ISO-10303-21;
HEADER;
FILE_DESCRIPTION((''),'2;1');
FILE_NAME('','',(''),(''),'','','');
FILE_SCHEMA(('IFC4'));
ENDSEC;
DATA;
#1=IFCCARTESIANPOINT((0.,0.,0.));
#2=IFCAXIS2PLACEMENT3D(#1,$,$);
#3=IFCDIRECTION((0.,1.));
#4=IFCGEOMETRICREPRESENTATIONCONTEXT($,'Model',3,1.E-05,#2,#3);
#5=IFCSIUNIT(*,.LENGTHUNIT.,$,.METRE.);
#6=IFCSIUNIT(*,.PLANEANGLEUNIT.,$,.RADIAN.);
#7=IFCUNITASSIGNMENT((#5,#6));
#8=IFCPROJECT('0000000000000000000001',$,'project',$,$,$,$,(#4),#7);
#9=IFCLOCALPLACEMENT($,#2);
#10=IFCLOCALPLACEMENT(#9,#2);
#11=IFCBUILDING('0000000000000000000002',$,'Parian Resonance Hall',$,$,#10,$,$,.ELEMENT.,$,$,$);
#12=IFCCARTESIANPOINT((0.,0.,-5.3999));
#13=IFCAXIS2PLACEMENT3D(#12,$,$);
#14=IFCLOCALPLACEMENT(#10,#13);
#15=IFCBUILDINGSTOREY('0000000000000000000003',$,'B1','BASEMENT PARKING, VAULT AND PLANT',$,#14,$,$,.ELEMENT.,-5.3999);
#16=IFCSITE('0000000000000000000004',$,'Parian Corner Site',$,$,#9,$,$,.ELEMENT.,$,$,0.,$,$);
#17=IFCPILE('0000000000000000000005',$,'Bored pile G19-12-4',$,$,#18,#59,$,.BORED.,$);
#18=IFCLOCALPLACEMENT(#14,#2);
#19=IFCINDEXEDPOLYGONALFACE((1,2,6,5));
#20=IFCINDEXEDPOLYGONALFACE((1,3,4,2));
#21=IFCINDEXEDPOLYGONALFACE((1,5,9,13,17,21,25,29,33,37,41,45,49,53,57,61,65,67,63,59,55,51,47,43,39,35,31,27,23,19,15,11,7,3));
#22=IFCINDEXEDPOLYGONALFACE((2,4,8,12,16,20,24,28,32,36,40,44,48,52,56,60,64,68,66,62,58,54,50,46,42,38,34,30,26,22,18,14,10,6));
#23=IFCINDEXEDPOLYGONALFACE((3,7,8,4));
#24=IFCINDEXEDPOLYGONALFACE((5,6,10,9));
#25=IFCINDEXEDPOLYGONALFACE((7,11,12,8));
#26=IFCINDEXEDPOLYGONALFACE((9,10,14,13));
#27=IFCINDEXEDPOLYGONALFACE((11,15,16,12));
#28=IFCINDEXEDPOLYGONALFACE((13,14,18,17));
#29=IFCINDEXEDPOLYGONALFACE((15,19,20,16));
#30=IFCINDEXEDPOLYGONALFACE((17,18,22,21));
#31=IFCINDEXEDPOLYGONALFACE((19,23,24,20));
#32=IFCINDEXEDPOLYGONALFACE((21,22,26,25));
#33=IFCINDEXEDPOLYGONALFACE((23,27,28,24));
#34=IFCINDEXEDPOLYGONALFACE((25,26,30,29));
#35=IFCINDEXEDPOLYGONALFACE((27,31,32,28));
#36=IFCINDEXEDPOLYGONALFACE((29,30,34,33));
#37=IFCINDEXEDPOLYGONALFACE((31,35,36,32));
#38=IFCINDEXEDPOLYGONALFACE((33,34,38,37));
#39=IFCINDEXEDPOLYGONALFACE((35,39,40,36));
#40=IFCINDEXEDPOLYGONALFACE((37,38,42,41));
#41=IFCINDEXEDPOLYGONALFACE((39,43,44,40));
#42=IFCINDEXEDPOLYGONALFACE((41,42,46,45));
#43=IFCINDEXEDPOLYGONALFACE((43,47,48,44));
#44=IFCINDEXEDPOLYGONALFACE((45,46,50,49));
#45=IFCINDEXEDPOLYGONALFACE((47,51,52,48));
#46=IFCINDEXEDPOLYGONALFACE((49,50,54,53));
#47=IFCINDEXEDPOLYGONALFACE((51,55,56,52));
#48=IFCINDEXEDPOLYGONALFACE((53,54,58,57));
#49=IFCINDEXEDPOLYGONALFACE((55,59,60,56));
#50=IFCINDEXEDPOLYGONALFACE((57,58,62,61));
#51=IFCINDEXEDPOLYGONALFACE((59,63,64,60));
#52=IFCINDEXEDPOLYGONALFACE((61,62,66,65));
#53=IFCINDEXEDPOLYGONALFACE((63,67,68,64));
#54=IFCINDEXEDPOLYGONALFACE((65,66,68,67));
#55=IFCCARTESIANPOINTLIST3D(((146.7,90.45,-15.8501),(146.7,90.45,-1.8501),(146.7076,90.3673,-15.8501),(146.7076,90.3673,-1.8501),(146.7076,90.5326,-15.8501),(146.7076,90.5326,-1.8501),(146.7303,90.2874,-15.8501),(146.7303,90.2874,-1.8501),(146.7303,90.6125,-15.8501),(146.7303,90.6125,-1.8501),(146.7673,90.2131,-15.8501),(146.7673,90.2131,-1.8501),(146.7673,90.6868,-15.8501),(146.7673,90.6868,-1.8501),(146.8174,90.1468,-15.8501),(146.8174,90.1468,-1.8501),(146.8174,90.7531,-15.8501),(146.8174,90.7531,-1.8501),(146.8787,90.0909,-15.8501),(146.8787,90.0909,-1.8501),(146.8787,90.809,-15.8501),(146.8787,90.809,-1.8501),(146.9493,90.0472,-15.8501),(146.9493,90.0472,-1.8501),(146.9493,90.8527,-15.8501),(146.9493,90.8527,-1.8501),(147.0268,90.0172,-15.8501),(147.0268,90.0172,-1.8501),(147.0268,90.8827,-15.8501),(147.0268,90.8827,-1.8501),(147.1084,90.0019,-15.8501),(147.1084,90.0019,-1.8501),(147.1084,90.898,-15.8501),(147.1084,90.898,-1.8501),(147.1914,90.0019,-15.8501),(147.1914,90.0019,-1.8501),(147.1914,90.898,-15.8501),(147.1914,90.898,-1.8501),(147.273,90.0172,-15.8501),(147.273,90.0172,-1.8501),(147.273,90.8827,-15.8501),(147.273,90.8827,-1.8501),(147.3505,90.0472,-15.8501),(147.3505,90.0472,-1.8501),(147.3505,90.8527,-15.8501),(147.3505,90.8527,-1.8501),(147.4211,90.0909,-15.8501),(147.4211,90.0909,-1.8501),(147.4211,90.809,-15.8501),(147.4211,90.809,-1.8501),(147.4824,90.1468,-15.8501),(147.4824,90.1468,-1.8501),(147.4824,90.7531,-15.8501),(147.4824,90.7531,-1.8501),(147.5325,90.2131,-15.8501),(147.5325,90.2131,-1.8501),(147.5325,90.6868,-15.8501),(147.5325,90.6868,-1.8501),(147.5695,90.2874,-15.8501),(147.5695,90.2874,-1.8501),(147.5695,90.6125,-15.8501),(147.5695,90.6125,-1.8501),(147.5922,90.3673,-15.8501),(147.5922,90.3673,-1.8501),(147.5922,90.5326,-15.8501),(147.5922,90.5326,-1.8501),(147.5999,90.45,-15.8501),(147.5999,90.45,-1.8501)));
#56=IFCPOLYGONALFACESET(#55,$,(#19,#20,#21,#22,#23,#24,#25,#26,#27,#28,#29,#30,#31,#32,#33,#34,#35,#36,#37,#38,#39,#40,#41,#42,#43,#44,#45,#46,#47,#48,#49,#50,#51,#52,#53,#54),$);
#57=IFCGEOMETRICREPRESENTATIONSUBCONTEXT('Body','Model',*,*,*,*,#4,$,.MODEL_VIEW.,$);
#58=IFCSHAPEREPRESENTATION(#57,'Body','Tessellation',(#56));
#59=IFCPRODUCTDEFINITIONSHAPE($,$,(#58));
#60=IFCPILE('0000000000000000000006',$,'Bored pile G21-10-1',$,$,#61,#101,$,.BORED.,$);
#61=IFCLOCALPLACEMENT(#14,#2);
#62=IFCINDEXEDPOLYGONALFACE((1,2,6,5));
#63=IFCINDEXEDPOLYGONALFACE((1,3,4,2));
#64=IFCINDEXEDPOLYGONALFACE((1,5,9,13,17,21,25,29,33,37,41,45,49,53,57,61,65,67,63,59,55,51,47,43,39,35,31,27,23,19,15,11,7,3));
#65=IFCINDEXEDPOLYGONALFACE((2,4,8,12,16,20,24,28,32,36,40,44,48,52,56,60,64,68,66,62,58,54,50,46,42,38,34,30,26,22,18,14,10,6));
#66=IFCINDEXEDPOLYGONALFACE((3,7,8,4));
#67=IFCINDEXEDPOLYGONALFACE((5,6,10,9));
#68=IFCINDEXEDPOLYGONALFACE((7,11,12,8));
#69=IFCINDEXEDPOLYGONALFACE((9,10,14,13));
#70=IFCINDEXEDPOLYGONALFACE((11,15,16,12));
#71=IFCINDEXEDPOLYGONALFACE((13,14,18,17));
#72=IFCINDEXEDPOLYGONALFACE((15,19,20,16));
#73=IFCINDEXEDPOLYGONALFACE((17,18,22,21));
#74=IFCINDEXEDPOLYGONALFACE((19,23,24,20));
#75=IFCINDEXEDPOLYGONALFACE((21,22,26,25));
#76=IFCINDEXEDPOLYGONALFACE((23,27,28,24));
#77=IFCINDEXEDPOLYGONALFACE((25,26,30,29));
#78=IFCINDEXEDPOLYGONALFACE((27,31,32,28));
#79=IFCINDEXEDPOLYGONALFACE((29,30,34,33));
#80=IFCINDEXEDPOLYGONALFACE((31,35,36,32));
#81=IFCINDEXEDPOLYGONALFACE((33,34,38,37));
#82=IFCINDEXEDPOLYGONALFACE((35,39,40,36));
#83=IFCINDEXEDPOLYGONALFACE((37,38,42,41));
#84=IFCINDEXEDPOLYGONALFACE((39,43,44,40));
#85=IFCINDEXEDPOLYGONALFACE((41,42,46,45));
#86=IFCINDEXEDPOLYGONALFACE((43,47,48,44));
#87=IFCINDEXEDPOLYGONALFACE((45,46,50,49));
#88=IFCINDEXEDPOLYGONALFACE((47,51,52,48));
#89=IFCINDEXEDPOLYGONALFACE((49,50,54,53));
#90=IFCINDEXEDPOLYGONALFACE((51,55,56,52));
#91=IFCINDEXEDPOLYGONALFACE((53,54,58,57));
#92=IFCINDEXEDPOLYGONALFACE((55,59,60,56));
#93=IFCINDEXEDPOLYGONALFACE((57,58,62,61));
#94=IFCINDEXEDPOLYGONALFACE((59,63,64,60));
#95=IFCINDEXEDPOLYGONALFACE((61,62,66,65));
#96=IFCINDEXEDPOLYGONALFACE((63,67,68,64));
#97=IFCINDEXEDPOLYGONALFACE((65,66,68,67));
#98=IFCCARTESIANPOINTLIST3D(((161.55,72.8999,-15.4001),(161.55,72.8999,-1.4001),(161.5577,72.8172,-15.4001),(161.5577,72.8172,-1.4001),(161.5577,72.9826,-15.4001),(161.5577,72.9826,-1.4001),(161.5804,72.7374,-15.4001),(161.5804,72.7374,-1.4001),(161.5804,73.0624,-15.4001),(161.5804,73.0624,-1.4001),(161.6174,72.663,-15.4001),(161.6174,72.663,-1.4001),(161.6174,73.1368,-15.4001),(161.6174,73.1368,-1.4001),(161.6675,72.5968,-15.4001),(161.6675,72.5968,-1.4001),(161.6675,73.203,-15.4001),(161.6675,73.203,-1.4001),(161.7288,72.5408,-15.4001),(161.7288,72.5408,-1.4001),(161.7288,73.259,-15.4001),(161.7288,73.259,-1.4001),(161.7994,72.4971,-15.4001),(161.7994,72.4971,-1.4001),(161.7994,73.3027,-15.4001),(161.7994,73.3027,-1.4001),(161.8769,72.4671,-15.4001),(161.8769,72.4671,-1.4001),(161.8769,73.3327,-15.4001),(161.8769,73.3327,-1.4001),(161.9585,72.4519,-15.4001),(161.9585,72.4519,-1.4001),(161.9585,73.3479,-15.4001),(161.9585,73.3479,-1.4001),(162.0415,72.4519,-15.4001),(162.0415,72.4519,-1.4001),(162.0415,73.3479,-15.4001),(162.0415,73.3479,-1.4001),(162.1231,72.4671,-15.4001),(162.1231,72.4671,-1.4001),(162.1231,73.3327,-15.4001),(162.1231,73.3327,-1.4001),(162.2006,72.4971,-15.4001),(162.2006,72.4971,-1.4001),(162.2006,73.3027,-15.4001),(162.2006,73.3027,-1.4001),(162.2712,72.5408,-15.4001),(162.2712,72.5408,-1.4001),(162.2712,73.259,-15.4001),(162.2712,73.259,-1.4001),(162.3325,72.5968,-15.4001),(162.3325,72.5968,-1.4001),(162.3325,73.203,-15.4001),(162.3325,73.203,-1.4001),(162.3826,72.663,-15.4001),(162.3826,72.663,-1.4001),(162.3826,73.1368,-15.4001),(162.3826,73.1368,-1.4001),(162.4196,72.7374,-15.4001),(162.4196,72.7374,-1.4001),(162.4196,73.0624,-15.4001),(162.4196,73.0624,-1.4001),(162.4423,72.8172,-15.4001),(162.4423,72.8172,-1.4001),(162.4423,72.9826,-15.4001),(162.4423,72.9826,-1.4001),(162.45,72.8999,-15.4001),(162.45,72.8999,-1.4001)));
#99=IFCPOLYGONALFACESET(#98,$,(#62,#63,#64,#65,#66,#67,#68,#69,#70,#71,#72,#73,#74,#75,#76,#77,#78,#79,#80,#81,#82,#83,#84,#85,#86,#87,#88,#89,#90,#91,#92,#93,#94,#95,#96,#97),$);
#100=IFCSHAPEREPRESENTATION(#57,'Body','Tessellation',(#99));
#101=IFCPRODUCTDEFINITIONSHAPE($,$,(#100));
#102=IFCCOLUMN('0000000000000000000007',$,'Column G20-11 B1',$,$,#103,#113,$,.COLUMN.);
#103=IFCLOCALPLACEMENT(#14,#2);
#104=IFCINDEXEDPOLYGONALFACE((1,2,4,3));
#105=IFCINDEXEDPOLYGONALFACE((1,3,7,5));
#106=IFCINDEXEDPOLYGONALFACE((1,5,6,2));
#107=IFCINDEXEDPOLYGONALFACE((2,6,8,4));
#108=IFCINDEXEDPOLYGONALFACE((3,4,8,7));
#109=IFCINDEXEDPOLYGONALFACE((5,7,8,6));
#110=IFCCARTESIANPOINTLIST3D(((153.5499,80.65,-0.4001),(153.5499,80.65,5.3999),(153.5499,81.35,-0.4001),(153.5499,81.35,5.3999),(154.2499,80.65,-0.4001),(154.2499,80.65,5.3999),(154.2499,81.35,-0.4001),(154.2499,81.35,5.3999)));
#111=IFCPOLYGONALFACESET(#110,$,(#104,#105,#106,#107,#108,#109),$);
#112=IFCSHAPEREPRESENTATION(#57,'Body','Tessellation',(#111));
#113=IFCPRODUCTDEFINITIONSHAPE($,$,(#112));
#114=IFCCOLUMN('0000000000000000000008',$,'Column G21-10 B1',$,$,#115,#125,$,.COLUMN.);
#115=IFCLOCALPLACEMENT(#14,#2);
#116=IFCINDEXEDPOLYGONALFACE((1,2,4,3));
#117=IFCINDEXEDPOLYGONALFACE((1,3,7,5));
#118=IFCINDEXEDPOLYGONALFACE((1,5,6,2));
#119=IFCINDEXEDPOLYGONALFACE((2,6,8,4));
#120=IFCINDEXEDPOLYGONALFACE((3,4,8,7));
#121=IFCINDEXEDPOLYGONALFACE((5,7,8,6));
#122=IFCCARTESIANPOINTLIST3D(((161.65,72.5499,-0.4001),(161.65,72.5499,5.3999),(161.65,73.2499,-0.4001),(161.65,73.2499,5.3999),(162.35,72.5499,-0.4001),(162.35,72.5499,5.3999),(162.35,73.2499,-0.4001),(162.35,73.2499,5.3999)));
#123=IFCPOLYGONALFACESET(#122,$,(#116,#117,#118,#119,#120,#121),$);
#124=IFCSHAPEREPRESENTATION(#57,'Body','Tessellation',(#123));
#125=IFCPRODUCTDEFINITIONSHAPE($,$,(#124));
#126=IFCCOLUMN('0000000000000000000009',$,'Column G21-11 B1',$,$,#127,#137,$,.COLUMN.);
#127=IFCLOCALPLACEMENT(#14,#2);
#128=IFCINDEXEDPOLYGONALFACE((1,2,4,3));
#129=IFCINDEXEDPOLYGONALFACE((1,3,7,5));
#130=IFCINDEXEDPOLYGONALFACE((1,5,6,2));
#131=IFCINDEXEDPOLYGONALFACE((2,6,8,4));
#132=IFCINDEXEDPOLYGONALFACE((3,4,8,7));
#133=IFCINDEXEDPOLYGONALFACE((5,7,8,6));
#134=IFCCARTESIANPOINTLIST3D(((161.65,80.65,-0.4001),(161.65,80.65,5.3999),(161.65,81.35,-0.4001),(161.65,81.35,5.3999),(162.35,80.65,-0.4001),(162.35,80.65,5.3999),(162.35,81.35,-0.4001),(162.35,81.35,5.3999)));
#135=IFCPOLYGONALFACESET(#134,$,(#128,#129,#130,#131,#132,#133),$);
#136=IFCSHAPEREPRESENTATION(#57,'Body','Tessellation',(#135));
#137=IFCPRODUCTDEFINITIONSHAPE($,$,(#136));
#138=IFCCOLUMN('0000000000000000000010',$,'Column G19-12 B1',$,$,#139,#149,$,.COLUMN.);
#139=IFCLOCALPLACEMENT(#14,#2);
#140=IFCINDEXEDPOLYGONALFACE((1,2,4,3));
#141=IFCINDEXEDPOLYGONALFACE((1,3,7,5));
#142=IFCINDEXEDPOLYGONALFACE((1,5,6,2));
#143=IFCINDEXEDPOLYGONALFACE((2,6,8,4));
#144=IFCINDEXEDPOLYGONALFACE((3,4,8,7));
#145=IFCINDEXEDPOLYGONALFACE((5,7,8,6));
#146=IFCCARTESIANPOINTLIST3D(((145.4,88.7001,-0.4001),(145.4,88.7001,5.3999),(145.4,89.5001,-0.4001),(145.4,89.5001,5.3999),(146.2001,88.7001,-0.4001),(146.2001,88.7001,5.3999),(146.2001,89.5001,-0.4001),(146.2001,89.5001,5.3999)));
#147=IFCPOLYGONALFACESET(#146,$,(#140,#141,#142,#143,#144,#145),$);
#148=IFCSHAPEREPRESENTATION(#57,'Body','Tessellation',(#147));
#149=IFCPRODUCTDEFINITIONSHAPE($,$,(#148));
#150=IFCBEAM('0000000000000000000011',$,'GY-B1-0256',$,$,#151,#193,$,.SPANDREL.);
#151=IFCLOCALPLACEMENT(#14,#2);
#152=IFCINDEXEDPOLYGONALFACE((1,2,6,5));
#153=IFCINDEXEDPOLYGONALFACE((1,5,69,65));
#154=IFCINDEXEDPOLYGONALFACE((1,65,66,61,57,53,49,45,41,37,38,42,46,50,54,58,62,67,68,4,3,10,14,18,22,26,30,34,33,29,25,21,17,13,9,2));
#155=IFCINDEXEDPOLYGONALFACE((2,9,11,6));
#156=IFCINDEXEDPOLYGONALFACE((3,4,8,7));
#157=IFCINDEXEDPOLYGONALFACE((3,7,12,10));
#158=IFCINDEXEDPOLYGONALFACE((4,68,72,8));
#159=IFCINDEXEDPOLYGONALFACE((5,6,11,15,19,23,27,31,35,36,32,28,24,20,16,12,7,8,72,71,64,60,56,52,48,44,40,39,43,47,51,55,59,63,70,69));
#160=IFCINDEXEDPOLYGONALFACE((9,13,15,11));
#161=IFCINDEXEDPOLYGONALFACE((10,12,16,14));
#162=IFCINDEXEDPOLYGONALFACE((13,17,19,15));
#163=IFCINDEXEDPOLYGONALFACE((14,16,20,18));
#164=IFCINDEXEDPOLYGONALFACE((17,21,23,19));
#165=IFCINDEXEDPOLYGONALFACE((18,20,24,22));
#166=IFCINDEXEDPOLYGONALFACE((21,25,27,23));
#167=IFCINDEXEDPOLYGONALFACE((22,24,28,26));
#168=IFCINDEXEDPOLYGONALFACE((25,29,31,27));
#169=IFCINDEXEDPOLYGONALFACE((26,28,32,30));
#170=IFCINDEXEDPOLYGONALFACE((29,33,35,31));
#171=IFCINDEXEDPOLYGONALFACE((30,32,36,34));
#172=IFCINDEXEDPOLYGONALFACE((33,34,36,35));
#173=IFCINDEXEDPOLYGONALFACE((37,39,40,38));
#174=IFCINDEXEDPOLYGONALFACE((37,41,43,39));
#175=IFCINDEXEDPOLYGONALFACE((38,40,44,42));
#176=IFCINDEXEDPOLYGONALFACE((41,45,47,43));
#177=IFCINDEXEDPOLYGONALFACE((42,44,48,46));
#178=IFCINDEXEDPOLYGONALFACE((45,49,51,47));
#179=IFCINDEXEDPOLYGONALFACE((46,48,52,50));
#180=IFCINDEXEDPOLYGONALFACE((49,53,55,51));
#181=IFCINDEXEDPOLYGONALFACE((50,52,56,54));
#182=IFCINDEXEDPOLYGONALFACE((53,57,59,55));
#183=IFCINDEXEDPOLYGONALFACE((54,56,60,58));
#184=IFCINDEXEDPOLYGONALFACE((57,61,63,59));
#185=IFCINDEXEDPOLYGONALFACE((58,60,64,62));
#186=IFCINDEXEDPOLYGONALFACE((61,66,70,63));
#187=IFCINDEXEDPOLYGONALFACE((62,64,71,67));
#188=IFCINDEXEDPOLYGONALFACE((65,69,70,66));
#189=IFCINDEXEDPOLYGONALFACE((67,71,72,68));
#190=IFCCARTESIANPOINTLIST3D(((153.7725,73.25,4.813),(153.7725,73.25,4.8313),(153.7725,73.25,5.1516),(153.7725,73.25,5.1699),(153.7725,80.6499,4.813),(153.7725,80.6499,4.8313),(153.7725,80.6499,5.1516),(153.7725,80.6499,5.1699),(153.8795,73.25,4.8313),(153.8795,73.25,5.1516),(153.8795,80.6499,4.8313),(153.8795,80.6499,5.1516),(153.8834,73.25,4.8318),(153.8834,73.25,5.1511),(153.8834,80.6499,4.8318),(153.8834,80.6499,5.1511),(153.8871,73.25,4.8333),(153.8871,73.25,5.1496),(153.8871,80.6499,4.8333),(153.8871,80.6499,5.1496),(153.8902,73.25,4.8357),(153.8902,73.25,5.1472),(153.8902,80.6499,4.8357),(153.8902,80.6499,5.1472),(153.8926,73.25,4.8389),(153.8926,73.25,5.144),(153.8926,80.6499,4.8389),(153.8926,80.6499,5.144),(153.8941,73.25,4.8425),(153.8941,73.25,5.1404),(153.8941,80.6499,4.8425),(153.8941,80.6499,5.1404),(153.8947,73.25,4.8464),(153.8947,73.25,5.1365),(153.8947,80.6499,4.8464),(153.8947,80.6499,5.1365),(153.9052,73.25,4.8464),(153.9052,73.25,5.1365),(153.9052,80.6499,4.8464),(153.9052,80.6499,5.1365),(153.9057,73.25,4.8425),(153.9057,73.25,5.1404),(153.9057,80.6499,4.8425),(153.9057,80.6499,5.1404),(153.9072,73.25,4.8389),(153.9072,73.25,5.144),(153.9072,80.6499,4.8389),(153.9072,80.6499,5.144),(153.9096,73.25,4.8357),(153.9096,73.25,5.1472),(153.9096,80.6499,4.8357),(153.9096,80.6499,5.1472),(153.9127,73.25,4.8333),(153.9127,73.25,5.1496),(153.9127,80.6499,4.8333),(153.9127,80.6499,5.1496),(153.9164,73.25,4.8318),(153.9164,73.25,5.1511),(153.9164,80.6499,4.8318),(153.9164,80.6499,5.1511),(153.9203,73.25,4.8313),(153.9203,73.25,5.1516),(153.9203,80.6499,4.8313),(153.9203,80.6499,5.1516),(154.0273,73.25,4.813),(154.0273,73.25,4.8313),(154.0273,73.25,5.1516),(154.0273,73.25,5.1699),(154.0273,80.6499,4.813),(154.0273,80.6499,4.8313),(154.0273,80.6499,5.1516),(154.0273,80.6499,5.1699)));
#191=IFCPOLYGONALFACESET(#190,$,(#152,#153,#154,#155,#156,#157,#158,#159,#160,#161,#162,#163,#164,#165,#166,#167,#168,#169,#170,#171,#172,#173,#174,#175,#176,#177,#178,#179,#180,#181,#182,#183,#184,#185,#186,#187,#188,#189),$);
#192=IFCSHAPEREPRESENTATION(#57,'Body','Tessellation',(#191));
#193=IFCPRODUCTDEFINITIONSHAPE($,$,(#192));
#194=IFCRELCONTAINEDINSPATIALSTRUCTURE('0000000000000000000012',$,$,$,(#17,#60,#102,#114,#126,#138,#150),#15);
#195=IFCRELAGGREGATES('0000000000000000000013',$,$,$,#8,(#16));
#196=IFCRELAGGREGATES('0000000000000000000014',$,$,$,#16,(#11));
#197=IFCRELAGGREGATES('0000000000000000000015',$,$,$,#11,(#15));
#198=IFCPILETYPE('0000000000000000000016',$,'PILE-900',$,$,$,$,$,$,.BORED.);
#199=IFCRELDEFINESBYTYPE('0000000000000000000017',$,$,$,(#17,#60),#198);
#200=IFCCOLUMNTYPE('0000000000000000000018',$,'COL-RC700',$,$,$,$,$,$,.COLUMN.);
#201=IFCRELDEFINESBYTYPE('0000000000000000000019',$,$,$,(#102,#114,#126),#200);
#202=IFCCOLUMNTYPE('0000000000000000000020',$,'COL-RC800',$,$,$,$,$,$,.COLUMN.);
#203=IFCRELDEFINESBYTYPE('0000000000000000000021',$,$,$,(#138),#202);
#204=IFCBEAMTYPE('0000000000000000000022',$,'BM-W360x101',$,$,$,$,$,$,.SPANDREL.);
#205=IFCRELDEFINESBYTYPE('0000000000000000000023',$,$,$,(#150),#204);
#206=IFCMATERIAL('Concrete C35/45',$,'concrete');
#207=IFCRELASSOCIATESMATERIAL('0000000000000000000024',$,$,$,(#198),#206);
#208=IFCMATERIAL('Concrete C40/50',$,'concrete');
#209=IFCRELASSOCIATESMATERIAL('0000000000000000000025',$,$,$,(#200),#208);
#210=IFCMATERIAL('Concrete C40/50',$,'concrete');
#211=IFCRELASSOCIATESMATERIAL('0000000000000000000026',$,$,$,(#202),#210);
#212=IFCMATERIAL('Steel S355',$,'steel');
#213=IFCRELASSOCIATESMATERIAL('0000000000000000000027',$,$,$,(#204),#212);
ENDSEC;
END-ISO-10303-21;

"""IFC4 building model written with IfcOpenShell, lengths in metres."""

from ifc_helpers import new_model, si_unit, direction, frame, origin, origin_2d, place, context, subcontext, project, spatial, rectangle, circle, i_section, extrude, material, material_profile, profile_set, type_object, element, save


model = new_model("IFC4")

# Units and contexts
model_context = context("Model", 3, precision=1e-05, world=origin(), true_north=direction((0.0, 1.0)))
body_context = subcontext(model_context, "Body", "Model", "MODEL_VIEW")
ifc_project = project(units=[si_unit("LENGTHUNIT", "METRE"), si_unit("PLANEANGLEUNIT", "RADIAN")], contexts=[model_context])

# Site, building, storey
site_placement = place(None, origin())
site = spatial("IfcSite", under=ifc_project, at=site_placement, Name="Parian Corner Site", CompositionType="ELEMENT", RefElevation=0.0)
building_placement = place(site_placement, origin())
building = spatial("IfcBuilding", under=site, at=building_placement, Name="Parian Resonance Hall", CompositionType="ELEMENT")
storey_placement = place(building_placement, frame((0.0, 0.0, -5.3999)))
storey = spatial("IfcBuildingStorey", under=building, at=storey_placement, Name="B1", Description="BASEMENT PARKING, VAULT AND PLANT", CompositionType="ELEMENT", Elevation=-5.3999)

# Piles
ifc_material_1 = material(Name="Concrete C35/45", Category="concrete")
ifc_material_profile_1 = material_profile(ifc_material_1, circle(Radius=0.45, at=origin_2d()), Name="PILE-D900")
ifc_profile_set_1 = profile_set([ifc_material_profile_1], Name="Concrete C35/45")
pile_type_1 = type_object("IfcPileType", Name="PILE-900", PredefinedType="BORED", material=ifc_profile_set_1)
for number, where, z_axis, x_axis, name in (
    (1, (147.1499, 90.45, -1.8501), (0.0, 0.0, -1.0), (1.0, 0.0, 0.0), "Bored pile G19-12-4"),
    (2, (162.0, 72.8999, -1.4001), (0.0, 0.0, -1.0), (1.0, 0.0, 0.0), "Bored pile G21-10-1"),
):
    element("IfcPile", number, at=place(storey_placement, frame(where, z_axis=z_axis, x_axis=x_axis)), inside=storey, type_object=pile_type_1, Name=name, PredefinedType="BORED", context=body_context, shape_type="SweptSolid", body=[
        extrude(circle(Radius=0.45, at=origin_2d()), origin(), (0.0, 0.0, 1.0), 14.0),
    ])

# Columns
ifc_material_2 = material(Name="Concrete C40/50", Category="concrete")
ifc_material_profile_2 = material_profile(ifc_material_2, rectangle(XDim=0.7, YDim=0.7, at=origin_2d()), Name="RC-COL-700x700")
ifc_profile_set_2 = profile_set([ifc_material_profile_2], Name="Concrete C40/50")
column_type_1 = type_object("IfcColumnType", Name="COL-RC700", PredefinedType="COLUMN", material=ifc_profile_set_2)
for number, where, z_axis, x_axis, name in (
    (3, (153.8999, 81.0, -0.4001), (0.0, 0.0, 1.0), (1.0, 0.0, 0.0), "Column G20-11 B1"),
    (4, (162.0, 72.8999, -0.4001), (0.0, 0.0, 1.0), (1.0, 0.0, 0.0), "Column G21-10 B1"),
    (5, (162.0, 81.0, -0.4001), (0.0, 0.0, 1.0), (1.0, 0.0, 0.0), "Column G21-11 B1"),
):
    element("IfcColumn", number, at=place(storey_placement, frame(where, z_axis=z_axis, x_axis=x_axis)), inside=storey, type_object=column_type_1, Name=name, PredefinedType="COLUMN", context=body_context, shape_type="SweptSolid", body=[
        extrude(rectangle(XDim=0.7, YDim=0.7, at=origin_2d()), origin(), (0.0, 0.0, 1.0), 5.8),
    ])
ifc_material_3 = material(Name="Concrete C40/50", Category="concrete")
ifc_material_profile_3 = material_profile(ifc_material_3, rectangle(XDim=0.8, YDim=0.8, at=origin_2d()), Name="RC-COL-800x800")
ifc_profile_set_3 = profile_set([ifc_material_profile_3], Name="Concrete C40/50")
column_type_2 = type_object("IfcColumnType", Name="COL-RC800", PredefinedType="COLUMN", material=ifc_profile_set_3)
column_placement = place(storey_placement, frame((145.8, 89.1001, -0.4001), z_axis=(0.0, 0.0, 1.0), x_axis=(1.0, 0.0, 0.0)))
element("IfcColumn", 6, at=column_placement, inside=storey, type_object=column_type_2, Name="Column G19-12 B1", PredefinedType="COLUMN", context=body_context, shape_type="SweptSolid", body=[
    extrude(rectangle(XDim=0.8, YDim=0.8, at=origin_2d()), origin(), (0.0, 0.0, 1.0), 5.8),
])

# Beam
ifc_material_4 = material(Name="Steel S355", Category="steel")
ifc_material_profile_4 = material_profile(ifc_material_4, i_section(OverallWidth=0.2549, OverallDepth=0.3569, WebThickness=0.0105, FlangeThickness=0.0183, FilletRadius=0.0151, at=origin_2d()), Name="W360x101")
ifc_profile_set_4 = profile_set([ifc_material_profile_4], Name="Steel S355")
beam_type_1 = type_object("IfcBeamType", Name="BM-W360x101", PredefinedType="SPANDREL", material=ifc_profile_set_4)
for number, where, z_axis, x_axis, name in (
    (7, (153.8999, 73.25, 4.9915), (0.0, 1.0, 0.0), (-1.0, 0.0, 0.0), "GY-B1-0256"),
):
    element("IfcBeam", number, at=place(storey_placement, frame(where, z_axis=z_axis, x_axis=x_axis)), inside=storey, type_object=beam_type_1, Name=name, PredefinedType="SPANDREL", context=body_context, shape_type="SweptSolid", body=[
        extrude(i_section(OverallWidth=0.2549, OverallDepth=0.3569, WebThickness=0.0105, FlangeThickness=0.0183, FilletRadius=0.0151, at=origin_2d()), origin(), (0.0, 0.0, 1.0), 7.3999),
    ])

save(model, "model.ifc")
